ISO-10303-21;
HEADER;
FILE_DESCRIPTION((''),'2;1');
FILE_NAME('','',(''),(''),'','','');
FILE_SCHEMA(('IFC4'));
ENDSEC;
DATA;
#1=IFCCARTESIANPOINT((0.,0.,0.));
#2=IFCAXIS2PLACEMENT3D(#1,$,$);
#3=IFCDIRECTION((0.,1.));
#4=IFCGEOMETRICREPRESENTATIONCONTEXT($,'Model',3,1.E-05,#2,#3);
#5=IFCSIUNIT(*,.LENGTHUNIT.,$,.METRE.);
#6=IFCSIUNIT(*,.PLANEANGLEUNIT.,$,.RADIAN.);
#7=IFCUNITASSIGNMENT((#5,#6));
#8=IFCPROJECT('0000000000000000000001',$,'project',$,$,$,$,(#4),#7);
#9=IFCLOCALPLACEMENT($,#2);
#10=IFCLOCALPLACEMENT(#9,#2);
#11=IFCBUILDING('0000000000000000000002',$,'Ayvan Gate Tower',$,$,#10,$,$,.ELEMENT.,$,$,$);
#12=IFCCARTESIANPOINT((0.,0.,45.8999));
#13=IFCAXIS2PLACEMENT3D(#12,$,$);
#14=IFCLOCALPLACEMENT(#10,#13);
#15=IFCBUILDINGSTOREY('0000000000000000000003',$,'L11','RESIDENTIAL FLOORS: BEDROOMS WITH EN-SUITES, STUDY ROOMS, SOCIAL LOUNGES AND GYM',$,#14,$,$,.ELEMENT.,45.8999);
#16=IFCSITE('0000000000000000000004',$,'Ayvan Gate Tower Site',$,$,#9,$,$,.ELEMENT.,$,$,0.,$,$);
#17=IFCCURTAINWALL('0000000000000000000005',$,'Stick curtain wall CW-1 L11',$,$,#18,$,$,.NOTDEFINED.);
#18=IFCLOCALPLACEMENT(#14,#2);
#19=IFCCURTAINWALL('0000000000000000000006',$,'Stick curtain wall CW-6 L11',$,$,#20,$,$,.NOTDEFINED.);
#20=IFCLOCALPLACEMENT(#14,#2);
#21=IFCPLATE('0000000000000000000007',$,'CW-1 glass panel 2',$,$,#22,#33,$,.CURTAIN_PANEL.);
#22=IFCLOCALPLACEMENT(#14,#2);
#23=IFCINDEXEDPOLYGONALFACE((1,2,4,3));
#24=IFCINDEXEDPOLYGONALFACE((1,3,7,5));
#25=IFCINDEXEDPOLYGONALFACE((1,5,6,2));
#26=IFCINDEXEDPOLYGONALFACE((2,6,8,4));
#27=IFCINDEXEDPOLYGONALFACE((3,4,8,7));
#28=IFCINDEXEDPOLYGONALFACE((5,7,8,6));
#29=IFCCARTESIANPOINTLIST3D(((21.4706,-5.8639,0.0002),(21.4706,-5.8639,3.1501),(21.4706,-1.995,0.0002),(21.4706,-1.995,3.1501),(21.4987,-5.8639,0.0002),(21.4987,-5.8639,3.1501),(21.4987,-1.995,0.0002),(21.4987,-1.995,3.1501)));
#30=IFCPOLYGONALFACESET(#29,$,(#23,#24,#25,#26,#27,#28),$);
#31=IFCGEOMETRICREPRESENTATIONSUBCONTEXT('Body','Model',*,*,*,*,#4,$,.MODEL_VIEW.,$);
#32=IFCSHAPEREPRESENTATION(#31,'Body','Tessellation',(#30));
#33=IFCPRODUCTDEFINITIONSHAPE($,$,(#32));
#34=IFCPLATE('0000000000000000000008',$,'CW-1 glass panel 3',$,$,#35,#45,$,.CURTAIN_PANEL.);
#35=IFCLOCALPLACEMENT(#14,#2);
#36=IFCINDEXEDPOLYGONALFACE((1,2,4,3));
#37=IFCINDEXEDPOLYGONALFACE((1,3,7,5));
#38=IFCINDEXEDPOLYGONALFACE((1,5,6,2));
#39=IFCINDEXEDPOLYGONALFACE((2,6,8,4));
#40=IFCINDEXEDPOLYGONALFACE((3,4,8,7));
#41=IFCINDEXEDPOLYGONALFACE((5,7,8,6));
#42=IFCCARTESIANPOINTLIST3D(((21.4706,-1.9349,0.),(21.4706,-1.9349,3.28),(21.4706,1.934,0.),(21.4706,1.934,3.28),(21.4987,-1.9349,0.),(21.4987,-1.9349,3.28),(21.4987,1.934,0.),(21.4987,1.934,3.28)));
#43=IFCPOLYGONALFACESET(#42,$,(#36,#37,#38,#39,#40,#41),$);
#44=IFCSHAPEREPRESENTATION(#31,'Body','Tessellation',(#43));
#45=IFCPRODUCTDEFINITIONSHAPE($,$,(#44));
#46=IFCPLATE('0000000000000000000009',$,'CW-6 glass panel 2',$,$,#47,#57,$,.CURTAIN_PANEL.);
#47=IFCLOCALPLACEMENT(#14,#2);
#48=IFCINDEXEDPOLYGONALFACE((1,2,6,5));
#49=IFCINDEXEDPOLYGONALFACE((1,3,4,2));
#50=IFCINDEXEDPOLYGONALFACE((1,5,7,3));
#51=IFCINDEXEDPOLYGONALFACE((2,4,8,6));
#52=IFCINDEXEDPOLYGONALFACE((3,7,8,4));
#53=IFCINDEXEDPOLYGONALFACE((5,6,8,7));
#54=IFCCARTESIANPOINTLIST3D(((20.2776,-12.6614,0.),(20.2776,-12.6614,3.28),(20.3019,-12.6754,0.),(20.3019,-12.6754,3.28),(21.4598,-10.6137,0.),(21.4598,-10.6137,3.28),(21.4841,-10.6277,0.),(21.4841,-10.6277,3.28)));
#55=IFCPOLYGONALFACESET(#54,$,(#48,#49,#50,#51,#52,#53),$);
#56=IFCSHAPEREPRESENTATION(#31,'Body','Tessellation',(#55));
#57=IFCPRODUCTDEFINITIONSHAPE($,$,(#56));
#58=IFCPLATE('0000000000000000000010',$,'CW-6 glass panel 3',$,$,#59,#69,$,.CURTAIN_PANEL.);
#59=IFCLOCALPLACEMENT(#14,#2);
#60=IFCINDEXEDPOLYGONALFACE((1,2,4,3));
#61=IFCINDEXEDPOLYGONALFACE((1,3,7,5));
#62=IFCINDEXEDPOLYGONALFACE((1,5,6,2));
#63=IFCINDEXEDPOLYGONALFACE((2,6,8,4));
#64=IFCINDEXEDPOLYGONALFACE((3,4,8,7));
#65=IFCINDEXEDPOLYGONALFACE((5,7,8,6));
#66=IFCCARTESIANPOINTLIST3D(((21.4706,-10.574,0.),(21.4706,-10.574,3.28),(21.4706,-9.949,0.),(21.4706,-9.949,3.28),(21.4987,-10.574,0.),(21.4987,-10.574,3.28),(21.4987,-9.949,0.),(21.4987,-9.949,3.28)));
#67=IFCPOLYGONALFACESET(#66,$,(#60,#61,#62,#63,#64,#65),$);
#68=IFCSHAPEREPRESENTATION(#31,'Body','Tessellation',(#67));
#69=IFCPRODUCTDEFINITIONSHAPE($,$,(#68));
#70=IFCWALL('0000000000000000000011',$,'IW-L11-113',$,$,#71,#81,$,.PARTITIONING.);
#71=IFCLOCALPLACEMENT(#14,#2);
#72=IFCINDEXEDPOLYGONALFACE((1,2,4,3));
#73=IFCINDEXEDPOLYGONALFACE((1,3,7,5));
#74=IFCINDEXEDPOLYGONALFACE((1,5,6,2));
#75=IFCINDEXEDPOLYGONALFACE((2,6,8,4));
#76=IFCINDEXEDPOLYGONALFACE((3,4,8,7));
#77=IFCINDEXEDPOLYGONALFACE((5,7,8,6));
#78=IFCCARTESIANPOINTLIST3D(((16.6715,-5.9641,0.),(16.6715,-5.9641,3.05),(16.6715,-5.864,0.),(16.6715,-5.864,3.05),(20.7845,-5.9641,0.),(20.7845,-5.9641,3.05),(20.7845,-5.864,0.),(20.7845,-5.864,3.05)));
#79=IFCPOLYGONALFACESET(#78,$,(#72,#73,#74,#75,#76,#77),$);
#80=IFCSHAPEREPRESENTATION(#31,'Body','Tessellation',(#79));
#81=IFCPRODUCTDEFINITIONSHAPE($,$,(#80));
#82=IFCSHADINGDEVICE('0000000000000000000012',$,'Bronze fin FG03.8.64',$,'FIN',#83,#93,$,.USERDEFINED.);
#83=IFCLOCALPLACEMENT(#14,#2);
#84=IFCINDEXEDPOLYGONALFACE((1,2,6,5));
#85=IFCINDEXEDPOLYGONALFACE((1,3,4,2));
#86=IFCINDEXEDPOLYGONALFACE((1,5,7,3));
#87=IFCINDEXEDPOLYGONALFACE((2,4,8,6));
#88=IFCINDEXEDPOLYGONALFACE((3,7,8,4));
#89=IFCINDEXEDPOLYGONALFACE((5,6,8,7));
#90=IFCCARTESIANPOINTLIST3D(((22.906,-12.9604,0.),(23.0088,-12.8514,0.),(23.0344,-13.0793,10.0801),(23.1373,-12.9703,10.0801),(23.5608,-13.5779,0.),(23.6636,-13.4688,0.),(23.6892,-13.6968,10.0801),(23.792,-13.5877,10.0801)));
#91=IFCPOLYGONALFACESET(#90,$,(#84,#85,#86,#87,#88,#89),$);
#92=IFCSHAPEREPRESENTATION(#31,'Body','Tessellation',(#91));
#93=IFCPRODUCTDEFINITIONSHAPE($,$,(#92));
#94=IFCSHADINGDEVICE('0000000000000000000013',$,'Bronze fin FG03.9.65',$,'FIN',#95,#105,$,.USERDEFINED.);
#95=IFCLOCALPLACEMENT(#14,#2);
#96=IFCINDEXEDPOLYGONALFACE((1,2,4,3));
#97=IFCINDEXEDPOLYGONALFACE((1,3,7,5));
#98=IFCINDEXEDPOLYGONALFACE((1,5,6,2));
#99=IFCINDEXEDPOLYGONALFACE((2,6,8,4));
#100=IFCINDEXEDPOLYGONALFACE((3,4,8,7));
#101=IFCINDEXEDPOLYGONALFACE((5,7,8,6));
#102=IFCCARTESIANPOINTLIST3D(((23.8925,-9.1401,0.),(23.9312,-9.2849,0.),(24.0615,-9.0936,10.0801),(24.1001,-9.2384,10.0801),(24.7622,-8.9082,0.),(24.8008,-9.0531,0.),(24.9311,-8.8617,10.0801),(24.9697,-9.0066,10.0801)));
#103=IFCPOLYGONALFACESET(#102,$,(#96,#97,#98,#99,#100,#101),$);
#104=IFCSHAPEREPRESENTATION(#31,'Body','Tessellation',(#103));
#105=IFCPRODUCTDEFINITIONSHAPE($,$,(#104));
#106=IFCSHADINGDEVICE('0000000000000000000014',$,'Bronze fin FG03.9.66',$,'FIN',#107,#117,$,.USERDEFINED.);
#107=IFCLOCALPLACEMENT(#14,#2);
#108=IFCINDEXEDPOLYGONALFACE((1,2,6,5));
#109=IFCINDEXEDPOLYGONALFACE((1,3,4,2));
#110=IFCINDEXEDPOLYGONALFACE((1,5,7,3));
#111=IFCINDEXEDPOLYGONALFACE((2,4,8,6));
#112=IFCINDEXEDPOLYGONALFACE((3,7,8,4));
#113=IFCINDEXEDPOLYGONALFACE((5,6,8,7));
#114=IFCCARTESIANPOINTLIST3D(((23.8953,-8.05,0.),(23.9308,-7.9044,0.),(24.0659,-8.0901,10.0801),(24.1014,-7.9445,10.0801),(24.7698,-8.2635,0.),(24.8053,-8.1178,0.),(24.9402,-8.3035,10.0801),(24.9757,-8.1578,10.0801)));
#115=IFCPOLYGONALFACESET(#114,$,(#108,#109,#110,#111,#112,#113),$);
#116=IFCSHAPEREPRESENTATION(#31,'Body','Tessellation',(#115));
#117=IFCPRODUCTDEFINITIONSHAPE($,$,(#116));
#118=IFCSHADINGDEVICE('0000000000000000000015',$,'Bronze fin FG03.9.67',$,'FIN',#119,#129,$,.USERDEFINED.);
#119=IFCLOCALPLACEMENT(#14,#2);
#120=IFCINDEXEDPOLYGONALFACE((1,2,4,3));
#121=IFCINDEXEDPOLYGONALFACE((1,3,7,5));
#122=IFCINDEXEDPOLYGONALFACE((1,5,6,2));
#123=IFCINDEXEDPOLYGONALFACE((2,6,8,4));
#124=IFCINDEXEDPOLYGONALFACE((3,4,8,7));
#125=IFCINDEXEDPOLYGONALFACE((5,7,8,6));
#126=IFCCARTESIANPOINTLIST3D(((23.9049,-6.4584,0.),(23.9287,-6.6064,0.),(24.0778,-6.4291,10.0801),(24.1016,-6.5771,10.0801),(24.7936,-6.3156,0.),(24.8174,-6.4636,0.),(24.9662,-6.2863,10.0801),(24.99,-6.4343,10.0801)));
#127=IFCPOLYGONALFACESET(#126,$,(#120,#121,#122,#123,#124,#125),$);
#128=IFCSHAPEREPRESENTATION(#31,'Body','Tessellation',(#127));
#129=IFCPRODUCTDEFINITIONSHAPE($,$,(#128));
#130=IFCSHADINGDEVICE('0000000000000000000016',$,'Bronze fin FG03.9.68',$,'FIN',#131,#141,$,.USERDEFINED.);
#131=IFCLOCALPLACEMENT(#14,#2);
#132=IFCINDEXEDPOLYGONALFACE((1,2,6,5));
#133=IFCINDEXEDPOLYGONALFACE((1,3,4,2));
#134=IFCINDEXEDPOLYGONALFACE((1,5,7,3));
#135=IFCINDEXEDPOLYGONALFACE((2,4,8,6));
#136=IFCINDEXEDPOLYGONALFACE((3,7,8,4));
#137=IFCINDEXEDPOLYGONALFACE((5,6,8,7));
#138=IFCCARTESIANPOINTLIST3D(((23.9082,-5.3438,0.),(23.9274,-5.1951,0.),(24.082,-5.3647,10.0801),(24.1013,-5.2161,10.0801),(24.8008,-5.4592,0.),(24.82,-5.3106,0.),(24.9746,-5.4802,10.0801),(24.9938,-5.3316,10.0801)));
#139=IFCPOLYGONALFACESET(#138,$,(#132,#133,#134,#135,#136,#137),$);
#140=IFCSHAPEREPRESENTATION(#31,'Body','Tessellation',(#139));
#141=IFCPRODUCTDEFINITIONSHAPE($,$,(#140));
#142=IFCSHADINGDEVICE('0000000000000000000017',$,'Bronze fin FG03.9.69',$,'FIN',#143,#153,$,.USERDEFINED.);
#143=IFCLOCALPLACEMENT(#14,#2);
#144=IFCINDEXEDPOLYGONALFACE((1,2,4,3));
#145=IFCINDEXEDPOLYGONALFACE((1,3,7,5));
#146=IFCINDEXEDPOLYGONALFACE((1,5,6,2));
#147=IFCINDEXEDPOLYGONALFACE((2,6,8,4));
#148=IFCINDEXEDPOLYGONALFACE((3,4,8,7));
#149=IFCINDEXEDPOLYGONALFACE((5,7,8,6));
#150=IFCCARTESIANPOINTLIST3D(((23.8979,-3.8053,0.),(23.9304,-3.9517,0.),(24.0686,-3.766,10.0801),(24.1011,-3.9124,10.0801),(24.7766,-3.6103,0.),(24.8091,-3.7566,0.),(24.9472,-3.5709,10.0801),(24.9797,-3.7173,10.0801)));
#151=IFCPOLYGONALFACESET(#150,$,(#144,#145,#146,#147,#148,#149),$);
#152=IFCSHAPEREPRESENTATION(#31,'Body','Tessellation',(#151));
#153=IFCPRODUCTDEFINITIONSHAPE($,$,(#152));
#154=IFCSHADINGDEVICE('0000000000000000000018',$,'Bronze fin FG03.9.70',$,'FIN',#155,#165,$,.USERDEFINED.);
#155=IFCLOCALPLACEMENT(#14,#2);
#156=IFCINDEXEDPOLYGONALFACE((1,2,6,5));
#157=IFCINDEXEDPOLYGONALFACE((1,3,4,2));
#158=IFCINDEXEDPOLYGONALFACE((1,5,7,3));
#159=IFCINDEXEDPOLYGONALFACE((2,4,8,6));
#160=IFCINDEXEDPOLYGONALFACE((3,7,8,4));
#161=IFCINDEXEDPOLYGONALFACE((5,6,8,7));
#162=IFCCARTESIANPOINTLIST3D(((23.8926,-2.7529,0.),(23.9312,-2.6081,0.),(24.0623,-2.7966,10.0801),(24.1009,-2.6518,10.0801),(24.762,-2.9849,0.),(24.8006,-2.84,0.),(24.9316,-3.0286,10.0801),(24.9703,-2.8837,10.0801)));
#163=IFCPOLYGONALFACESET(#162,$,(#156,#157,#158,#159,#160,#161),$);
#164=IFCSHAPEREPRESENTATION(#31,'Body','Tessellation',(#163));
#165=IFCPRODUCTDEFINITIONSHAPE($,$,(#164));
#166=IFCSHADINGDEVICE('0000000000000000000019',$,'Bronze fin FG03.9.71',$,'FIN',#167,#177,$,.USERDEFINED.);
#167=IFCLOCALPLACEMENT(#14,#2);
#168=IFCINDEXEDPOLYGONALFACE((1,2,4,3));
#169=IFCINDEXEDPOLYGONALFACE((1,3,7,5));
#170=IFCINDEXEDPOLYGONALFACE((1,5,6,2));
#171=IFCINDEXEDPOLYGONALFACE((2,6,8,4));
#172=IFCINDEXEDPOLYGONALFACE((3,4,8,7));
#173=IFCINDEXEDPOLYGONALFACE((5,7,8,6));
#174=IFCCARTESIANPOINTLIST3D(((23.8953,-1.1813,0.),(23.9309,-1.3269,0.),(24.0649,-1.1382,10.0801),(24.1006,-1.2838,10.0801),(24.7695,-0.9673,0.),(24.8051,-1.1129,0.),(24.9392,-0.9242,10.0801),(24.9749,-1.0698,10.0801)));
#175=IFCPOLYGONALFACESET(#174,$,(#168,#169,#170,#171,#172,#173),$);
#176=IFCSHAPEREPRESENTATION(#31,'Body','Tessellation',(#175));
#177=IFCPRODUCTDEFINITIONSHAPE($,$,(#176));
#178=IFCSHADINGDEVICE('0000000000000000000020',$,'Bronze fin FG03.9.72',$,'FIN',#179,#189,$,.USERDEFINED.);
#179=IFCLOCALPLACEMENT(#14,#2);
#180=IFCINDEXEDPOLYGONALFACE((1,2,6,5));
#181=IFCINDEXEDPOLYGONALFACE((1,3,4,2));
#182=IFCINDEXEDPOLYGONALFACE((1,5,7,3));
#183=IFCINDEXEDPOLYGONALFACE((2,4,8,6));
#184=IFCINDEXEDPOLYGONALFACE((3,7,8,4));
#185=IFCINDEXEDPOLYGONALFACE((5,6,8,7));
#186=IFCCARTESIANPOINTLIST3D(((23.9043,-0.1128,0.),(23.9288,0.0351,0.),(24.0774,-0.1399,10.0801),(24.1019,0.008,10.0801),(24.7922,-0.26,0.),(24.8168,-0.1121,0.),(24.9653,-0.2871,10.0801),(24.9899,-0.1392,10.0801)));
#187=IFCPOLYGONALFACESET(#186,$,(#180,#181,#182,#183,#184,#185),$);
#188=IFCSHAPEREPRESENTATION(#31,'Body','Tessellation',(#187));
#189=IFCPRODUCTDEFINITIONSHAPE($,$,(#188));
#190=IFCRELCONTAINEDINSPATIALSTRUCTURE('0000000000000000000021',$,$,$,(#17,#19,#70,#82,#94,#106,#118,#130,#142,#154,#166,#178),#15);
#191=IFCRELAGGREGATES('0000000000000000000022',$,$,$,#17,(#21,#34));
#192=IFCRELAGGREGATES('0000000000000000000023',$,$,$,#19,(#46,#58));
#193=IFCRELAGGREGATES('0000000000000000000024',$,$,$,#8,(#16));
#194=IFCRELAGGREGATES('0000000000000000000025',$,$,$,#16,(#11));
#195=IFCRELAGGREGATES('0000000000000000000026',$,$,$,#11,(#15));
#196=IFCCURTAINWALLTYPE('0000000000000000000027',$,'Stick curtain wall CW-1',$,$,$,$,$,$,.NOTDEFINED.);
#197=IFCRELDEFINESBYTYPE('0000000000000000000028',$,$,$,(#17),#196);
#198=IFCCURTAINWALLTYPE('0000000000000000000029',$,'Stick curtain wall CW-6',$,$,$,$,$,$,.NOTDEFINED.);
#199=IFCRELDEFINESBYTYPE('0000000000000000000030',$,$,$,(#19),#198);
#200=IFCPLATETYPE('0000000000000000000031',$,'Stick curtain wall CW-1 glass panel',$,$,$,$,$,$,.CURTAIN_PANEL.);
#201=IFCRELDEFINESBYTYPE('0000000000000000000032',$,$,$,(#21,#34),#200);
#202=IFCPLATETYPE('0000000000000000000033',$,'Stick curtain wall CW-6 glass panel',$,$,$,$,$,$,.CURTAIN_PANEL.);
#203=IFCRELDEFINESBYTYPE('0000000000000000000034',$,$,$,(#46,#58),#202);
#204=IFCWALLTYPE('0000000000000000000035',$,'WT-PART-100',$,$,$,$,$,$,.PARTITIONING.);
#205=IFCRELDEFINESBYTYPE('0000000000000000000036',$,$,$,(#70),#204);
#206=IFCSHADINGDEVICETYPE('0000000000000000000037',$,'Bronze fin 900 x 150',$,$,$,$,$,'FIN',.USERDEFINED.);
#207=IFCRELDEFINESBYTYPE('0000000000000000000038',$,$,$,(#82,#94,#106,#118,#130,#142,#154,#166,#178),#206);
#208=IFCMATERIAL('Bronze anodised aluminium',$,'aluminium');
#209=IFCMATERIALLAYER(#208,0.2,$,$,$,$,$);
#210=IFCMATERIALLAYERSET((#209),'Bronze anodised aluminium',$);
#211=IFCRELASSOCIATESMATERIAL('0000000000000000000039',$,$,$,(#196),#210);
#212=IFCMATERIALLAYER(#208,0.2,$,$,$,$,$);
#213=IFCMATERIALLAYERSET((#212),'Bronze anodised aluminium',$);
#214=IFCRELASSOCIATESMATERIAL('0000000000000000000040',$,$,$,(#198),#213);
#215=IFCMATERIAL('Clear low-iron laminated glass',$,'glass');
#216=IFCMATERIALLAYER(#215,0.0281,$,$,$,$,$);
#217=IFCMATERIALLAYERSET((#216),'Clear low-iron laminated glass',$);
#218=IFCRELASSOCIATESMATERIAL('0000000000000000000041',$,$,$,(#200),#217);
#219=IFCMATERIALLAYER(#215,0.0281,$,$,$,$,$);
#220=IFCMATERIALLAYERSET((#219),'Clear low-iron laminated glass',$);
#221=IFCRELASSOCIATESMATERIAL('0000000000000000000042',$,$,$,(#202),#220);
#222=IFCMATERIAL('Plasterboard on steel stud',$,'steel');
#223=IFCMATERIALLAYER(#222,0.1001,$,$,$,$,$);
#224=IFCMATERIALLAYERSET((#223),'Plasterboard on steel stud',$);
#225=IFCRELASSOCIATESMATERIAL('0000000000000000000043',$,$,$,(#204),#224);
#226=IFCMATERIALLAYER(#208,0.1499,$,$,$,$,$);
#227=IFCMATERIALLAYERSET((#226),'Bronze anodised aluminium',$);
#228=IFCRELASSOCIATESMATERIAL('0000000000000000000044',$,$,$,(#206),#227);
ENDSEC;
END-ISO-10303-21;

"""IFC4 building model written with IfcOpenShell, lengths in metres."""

from ifc_helpers import new_model, si_unit, direction, frame, frame_2d, origin, origin_2d, place, context, subcontext, project, spatial, polyline, rectangle, outline, extrude, material, layer, layer_set, type_object, element, aggregate, save


model = new_model("IFC4")

# Units and contexts
model_context = context("Model", 3, precision=1e-05, world=origin(), true_north=direction((0.0, 1.0)))
body_context = subcontext(model_context, "Body", "Model", "MODEL_VIEW")
ifc_project = project(units=[si_unit("LENGTHUNIT", "METRE"), si_unit("PLANEANGLEUNIT", "RADIAN")], contexts=[model_context])

# Site, building, storey
site_placement = place(None, origin())
site = spatial("IfcSite", under=ifc_project, at=site_placement, Name="Ayvan Gate Tower Site", CompositionType="ELEMENT", RefElevation=0.0)
building_placement = place(site_placement, origin())
building = spatial("IfcBuilding", under=site, at=building_placement, Name="Ayvan Gate Tower", CompositionType="ELEMENT")
storey_placement = place(building_placement, frame((0.0, 0.0, 45.8999)))
storey = spatial("IfcBuildingStorey", under=building, at=storey_placement, Name="L11", Description="RESIDENTIAL FLOORS: BEDROOMS WITH EN-SUITES, STUDY ROOMS, SOCIAL LOUNGES AND GYM", CompositionType="ELEMENT", Elevation=45.8999)

# Curtain walls
ifc_material_1 = material(Name="Bronze anodised aluminium", Category="aluminium")
ifc_layer_1 = layer(ifc_material_1, 0.2)
ifc_layer_set_1 = layer_set([ifc_layer_1], Name="Bronze anodised aluminium")
curtain_wall_type_1 = type_object("IfcCurtainWallType", Name="Stick curtain wall CW-1", PredefinedType="NOTDEFINED", material=ifc_layer_set_1)
curtain_wall_1_placement = place(storey_placement, origin())
curtain_wall_1 = element("IfcCurtainWall", 1, at=curtain_wall_1_placement, inside=storey, type_object=curtain_wall_type_1, Name="Stick curtain wall CW-1 L11", PredefinedType="NOTDEFINED")
ifc_layer_2 = layer(ifc_material_1, 0.2)
ifc_layer_set_2 = layer_set([ifc_layer_2], Name="Bronze anodised aluminium")
curtain_wall_type_2 = type_object("IfcCurtainWallType", Name="Stick curtain wall CW-6", PredefinedType="NOTDEFINED", material=ifc_layer_set_2)
curtain_wall_2_placement = place(storey_placement, origin())
curtain_wall_2 = element("IfcCurtainWall", 2, at=curtain_wall_2_placement, inside=storey, type_object=curtain_wall_type_2, Name="Stick curtain wall CW-6 L11", PredefinedType="NOTDEFINED")

# Plates
ifc_material_2 = material(Name="Clear low-iron laminated glass", Category="glass")
ifc_layer_3 = layer(ifc_material_2, 0.0281)
ifc_layer_set_3 = layer_set([ifc_layer_3], Name="Clear low-iron laminated glass")
plate_type_1 = type_object("IfcPlateType", Name="Stick curtain wall CW-1 glass panel", PredefinedType="CURTAIN_PANEL", material=ifc_layer_set_3)
plate_1_placement = place(storey_placement, frame((21.4846, -3.9294, 0.0002), z_axis=(0.0, 0.0, 1.0), x_axis=(0.0, 1.0, 0.0)))
plate_1 = element("IfcPlate", 3, at=plate_1_placement, type_object=plate_type_1, Name="CW-1 glass panel 2", PredefinedType="CURTAIN_PANEL", context=body_context, shape_type="SweptSolid", body=[
    extrude(rectangle(XDim=3.8689, YDim=0.0281, at=origin_2d()), origin(), (0.0, 0.0, 1.0), 3.1499),
])
plate_2_placement = place(storey_placement, frame((21.4846, -0.0005, 0.0), z_axis=(0.0, 0.0, 1.0), x_axis=(0.0, 1.0, 0.0)))
plate_2 = element("IfcPlate", 4, at=plate_2_placement, type_object=plate_type_1, Name="CW-1 glass panel 3", PredefinedType="CURTAIN_PANEL", context=body_context, shape_type="SweptSolid", body=[
    extrude(rectangle(XDim=3.8689, YDim=0.0281, at=origin_2d()), origin(), (0.0, 0.0, 1.0), 3.28),
])
aggregate(curtain_wall_1, [plate_1, plate_2])
ifc_layer_4 = layer(ifc_material_2, 0.0281)
ifc_layer_set_4 = layer_set([ifc_layer_4], Name="Clear low-iron laminated glass")
plate_type_2 = type_object("IfcPlateType", Name="Stick curtain wall CW-6 glass panel", PredefinedType="CURTAIN_PANEL", material=ifc_layer_set_4)
plate_3_placement = place(storey_placement, frame((20.8809, -11.6445, 0.0), z_axis=(0.0, 0.0, 1.0), x_axis=(0.5, 0.866025, 0.0)))
plate_3 = element("IfcPlate", 5, at=plate_3_placement, type_object=plate_type_2, Name="CW-6 glass panel 2", PredefinedType="CURTAIN_PANEL", context=body_context, shape_type="SweptSolid", body=[
    extrude(rectangle(XDim=2.3645, YDim=0.0281, at=origin_2d()), origin(), (0.0, 0.0, 1.0), 3.28),
])
plate_4_placement = place(storey_placement, frame((21.4846, -10.2615, 0.0), z_axis=(0.0, 0.0, 1.0), x_axis=(0.0, 1.0, 0.0)))
plate_4 = element("IfcPlate", 6, at=plate_4_placement, type_object=plate_type_2, Name="CW-6 glass panel 3", PredefinedType="CURTAIN_PANEL", context=body_context, shape_type="SweptSolid", body=[
    extrude(rectangle(XDim=0.625, YDim=0.0281, at=origin_2d()), origin(), (0.0, 0.0, 1.0), 3.28),
])
aggregate(curtain_wall_2, [plate_3, plate_4])

# Wall
ifc_material_3 = material(Name="Plasterboard on steel stud", Category="steel")
ifc_layer_5 = layer(ifc_material_3, 0.1001)
ifc_layer_set_5 = layer_set([ifc_layer_5], Name="Plasterboard on steel stud")
wall_type = type_object("IfcWallType", Name="WT-PART-100", PredefinedType="PARTITIONING", material=ifc_layer_set_5)
wall_placement = place(storey_placement, frame((20.7847, -5.9141, 0.0), z_axis=(0.0, 0.0, 1.0), x_axis=(-1.0, 0.0, 0.0)))
element("IfcWall", 7, at=wall_placement, inside=storey, type_object=wall_type, Name="IW-L11-113", PredefinedType="PARTITIONING", context=body_context, shape_type="SweptSolid", body=[
    extrude(rectangle(XDim=4.113, YDim=0.1001, at=frame_2d((2.0566, 0.0))), origin(), (0.0, 0.0, 1.0), 3.05),
])

# Shading devices
ifc_layer_6 = layer(ifc_material_1, 0.1499)
ifc_layer_set_6 = layer_set([ifc_layer_6], Name="Bronze anodised aluminium")
shading_device_type = type_object("IfcShadingDeviceType", Name="Bronze fin 900 x 150", ElementType="FIN", PredefinedType="USERDEFINED", material=ifc_layer_set_6)
shading_device_1_placement = place(storey_placement, frame((22.906, -12.9604, 0.0), z_axis=(-0.68605, -0.727555, 0.000158), x_axis=(0.727555, -0.68605, 0.0)))
element("IfcShadingDevice", 8, at=shading_device_1_placement, inside=storey, type_object=shading_device_type, Name="Bronze fin FG03.8.64", ObjectType="FIN", PredefinedType="USERDEFINED", context=body_context, shape_type="SweptSolid", body=[
    extrude(outline(polyline([(0.0, 0.0), (0.9, 0.0), (1.075, 10.0801), (0.175, 10.0801), (0.0, 0.0)])), origin(), (0.0, 0.0, -1.0), 0.1499),
])
shading_device_2_placement = place(storey_placement, frame((23.9312, -9.2849, 0.0), z_axis=(0.25757, -0.96626, 0.000141), x_axis=(0.96626, 0.25757, 0.0)))
element("IfcShadingDevice", 9, at=shading_device_2_placement, inside=storey, type_object=shading_device_type, Name="Bronze fin FG03.9.65", ObjectType="FIN", PredefinedType="USERDEFINED", context=body_context, shape_type="SweptSolid", body=[
    extrude(outline(polyline([(0.0, 0.0), (0.9, 0.0), (1.0752, 10.0801), (0.1753, 10.0801), (0.0, 0.0)])), origin(), (0.0, 0.0, -1.0), 0.1499),
])
shading_device_3_placement = place(storey_placement, frame((23.8953, -8.05, 0.0), z_axis=(-0.237075, -0.971491, 0.000152), x_axis=(0.971491, -0.237075, 0.0)))
element("IfcShadingDevice", 10, at=shading_device_3_placement, inside=storey, type_object=shading_device_type, Name="Bronze fin FG03.9.66", ObjectType="FIN", PredefinedType="USERDEFINED", context=body_context, shape_type="SweptSolid", body=[
    extrude(outline(polyline([(0.0, 0.0), (0.9002, 0.0), (1.0752, 10.0801), (0.1753, 10.0801), (0.0, 0.0)])), origin(), (0.0, 0.0, -1.0), 0.1499),
])
shading_device_4_placement = place(storey_placement, frame((23.9287, -6.6064, 0.0), z_axis=(0.158699, -0.987327, 0.00015), x_axis=(0.987327, 0.158699, 0.0)))
element("IfcShadingDevice", 11, at=shading_device_4_placement, inside=storey, type_object=shading_device_type, Name="Bronze fin FG03.9.67", ObjectType="FIN", PredefinedType="USERDEFINED", context=body_context, shape_type="SweptSolid", body=[
    extrude(outline(polyline([(0.0, 0.0), (0.9001, 0.0), (1.0751, 10.0801), (0.1753, 10.0801), (0.0, 0.0)])), origin(), (0.0, 0.0, -1.0), 0.1499),
])
shading_device_5_placement = place(storey_placement, frame((23.9082, -5.3438, 0.0), z_axis=(-0.128307, -0.991734, 0.000147), x_axis=(0.991734, -0.128307, 0.0)))
element("IfcShadingDevice", 12, at=shading_device_5_placement, inside=storey, type_object=shading_device_type, Name="Bronze fin FG03.9.68", ObjectType="FIN", PredefinedType="USERDEFINED", context=body_context, shape_type="SweptSolid", body=[
    extrude(outline(polyline([(0.0, 0.0), (0.9, 0.0), (1.0751, 10.0801), (0.1751, 10.0801), (0.0, 0.0)])), origin(), (0.0, 0.0, -1.0), 0.1499),
])
shading_device_6_placement = place(storey_placement, frame((23.9304, -3.9517, 0.0), z_axis=(0.216729, -0.976232, 0.000138), x_axis=(0.976232, 0.216729, 0.0)))
element("IfcShadingDevice", 13, at=shading_device_6_placement, inside=storey, type_object=shading_device_type, Name="Bronze fin FG03.9.69", ObjectType="FIN", PredefinedType="USERDEFINED", context=body_context, shape_type="SweptSolid", body=[
    extrude(outline(polyline([(0.0, 0.0), (0.9001, 0.0), (1.0752, 10.0801), (0.1751, 10.0801), (0.0, 0.0)])), origin(), (0.0, 0.0, -1.0), 0.1499),
])
shading_device_7_placement = place(storey_placement, frame((23.8926, -2.7529, 0.0), z_axis=(-0.257764, -0.966208, 0.00015), x_axis=(0.966208, -0.257764, 0.0)))
element("IfcShadingDevice", 14, at=shading_device_7_placement, inside=storey, type_object=shading_device_type, Name="Bronze fin FG03.9.70", ObjectType="FIN", PredefinedType="USERDEFINED", context=body_context, shape_type="SweptSolid", body=[
    extrude(outline(polyline([(0.0, 0.0), (0.8998, 0.0), (1.075, 10.0801), (0.1752, 10.0801), (0.0, 0.0)])), origin(), (0.0, 0.0, -1.0), 0.1499),
])
shading_device_8_placement = place(storey_placement, frame((23.9309, -1.3269, 0.0), z_axis=(0.237746, -0.971327, 0.00015), x_axis=(0.971327, 0.237746, 0.0)))
element("IfcShadingDevice", 15, at=shading_device_8_placement, inside=storey, type_object=shading_device_type, Name="Bronze fin FG03.9.71", ObjectType="FIN", PredefinedType="USERDEFINED", context=body_context, shape_type="SweptSolid", body=[
    extrude(outline(polyline([(0.0, 0.0), (0.9, 0.0), (1.0751, 10.0801), (0.175, 10.0801), (0.0, 0.0)])), origin(), (0.0, 0.0, -1.0), 0.1499),
])
shading_device_9_placement = place(storey_placement, frame((23.9043, -0.1128, 0.0), z_axis=(-0.163563, -0.986533, 0.000156), x_axis=(0.986533, -0.163563, 0.0)))
element("IfcShadingDevice", 16, at=shading_device_9_placement, inside=storey, type_object=shading_device_type, Name="Bronze fin FG03.9.72", ObjectType="FIN", PredefinedType="USERDEFINED", context=body_context, shape_type="SweptSolid", body=[
    extrude(outline(polyline([(0.0, 0.0), (0.9001, 0.0), (1.0753, 10.0801), (0.1752, 10.0801), (0.0, 0.0)])), origin(), (0.0, 0.0, -1.0), 0.1499),
])

save(model, "model.ifc")
